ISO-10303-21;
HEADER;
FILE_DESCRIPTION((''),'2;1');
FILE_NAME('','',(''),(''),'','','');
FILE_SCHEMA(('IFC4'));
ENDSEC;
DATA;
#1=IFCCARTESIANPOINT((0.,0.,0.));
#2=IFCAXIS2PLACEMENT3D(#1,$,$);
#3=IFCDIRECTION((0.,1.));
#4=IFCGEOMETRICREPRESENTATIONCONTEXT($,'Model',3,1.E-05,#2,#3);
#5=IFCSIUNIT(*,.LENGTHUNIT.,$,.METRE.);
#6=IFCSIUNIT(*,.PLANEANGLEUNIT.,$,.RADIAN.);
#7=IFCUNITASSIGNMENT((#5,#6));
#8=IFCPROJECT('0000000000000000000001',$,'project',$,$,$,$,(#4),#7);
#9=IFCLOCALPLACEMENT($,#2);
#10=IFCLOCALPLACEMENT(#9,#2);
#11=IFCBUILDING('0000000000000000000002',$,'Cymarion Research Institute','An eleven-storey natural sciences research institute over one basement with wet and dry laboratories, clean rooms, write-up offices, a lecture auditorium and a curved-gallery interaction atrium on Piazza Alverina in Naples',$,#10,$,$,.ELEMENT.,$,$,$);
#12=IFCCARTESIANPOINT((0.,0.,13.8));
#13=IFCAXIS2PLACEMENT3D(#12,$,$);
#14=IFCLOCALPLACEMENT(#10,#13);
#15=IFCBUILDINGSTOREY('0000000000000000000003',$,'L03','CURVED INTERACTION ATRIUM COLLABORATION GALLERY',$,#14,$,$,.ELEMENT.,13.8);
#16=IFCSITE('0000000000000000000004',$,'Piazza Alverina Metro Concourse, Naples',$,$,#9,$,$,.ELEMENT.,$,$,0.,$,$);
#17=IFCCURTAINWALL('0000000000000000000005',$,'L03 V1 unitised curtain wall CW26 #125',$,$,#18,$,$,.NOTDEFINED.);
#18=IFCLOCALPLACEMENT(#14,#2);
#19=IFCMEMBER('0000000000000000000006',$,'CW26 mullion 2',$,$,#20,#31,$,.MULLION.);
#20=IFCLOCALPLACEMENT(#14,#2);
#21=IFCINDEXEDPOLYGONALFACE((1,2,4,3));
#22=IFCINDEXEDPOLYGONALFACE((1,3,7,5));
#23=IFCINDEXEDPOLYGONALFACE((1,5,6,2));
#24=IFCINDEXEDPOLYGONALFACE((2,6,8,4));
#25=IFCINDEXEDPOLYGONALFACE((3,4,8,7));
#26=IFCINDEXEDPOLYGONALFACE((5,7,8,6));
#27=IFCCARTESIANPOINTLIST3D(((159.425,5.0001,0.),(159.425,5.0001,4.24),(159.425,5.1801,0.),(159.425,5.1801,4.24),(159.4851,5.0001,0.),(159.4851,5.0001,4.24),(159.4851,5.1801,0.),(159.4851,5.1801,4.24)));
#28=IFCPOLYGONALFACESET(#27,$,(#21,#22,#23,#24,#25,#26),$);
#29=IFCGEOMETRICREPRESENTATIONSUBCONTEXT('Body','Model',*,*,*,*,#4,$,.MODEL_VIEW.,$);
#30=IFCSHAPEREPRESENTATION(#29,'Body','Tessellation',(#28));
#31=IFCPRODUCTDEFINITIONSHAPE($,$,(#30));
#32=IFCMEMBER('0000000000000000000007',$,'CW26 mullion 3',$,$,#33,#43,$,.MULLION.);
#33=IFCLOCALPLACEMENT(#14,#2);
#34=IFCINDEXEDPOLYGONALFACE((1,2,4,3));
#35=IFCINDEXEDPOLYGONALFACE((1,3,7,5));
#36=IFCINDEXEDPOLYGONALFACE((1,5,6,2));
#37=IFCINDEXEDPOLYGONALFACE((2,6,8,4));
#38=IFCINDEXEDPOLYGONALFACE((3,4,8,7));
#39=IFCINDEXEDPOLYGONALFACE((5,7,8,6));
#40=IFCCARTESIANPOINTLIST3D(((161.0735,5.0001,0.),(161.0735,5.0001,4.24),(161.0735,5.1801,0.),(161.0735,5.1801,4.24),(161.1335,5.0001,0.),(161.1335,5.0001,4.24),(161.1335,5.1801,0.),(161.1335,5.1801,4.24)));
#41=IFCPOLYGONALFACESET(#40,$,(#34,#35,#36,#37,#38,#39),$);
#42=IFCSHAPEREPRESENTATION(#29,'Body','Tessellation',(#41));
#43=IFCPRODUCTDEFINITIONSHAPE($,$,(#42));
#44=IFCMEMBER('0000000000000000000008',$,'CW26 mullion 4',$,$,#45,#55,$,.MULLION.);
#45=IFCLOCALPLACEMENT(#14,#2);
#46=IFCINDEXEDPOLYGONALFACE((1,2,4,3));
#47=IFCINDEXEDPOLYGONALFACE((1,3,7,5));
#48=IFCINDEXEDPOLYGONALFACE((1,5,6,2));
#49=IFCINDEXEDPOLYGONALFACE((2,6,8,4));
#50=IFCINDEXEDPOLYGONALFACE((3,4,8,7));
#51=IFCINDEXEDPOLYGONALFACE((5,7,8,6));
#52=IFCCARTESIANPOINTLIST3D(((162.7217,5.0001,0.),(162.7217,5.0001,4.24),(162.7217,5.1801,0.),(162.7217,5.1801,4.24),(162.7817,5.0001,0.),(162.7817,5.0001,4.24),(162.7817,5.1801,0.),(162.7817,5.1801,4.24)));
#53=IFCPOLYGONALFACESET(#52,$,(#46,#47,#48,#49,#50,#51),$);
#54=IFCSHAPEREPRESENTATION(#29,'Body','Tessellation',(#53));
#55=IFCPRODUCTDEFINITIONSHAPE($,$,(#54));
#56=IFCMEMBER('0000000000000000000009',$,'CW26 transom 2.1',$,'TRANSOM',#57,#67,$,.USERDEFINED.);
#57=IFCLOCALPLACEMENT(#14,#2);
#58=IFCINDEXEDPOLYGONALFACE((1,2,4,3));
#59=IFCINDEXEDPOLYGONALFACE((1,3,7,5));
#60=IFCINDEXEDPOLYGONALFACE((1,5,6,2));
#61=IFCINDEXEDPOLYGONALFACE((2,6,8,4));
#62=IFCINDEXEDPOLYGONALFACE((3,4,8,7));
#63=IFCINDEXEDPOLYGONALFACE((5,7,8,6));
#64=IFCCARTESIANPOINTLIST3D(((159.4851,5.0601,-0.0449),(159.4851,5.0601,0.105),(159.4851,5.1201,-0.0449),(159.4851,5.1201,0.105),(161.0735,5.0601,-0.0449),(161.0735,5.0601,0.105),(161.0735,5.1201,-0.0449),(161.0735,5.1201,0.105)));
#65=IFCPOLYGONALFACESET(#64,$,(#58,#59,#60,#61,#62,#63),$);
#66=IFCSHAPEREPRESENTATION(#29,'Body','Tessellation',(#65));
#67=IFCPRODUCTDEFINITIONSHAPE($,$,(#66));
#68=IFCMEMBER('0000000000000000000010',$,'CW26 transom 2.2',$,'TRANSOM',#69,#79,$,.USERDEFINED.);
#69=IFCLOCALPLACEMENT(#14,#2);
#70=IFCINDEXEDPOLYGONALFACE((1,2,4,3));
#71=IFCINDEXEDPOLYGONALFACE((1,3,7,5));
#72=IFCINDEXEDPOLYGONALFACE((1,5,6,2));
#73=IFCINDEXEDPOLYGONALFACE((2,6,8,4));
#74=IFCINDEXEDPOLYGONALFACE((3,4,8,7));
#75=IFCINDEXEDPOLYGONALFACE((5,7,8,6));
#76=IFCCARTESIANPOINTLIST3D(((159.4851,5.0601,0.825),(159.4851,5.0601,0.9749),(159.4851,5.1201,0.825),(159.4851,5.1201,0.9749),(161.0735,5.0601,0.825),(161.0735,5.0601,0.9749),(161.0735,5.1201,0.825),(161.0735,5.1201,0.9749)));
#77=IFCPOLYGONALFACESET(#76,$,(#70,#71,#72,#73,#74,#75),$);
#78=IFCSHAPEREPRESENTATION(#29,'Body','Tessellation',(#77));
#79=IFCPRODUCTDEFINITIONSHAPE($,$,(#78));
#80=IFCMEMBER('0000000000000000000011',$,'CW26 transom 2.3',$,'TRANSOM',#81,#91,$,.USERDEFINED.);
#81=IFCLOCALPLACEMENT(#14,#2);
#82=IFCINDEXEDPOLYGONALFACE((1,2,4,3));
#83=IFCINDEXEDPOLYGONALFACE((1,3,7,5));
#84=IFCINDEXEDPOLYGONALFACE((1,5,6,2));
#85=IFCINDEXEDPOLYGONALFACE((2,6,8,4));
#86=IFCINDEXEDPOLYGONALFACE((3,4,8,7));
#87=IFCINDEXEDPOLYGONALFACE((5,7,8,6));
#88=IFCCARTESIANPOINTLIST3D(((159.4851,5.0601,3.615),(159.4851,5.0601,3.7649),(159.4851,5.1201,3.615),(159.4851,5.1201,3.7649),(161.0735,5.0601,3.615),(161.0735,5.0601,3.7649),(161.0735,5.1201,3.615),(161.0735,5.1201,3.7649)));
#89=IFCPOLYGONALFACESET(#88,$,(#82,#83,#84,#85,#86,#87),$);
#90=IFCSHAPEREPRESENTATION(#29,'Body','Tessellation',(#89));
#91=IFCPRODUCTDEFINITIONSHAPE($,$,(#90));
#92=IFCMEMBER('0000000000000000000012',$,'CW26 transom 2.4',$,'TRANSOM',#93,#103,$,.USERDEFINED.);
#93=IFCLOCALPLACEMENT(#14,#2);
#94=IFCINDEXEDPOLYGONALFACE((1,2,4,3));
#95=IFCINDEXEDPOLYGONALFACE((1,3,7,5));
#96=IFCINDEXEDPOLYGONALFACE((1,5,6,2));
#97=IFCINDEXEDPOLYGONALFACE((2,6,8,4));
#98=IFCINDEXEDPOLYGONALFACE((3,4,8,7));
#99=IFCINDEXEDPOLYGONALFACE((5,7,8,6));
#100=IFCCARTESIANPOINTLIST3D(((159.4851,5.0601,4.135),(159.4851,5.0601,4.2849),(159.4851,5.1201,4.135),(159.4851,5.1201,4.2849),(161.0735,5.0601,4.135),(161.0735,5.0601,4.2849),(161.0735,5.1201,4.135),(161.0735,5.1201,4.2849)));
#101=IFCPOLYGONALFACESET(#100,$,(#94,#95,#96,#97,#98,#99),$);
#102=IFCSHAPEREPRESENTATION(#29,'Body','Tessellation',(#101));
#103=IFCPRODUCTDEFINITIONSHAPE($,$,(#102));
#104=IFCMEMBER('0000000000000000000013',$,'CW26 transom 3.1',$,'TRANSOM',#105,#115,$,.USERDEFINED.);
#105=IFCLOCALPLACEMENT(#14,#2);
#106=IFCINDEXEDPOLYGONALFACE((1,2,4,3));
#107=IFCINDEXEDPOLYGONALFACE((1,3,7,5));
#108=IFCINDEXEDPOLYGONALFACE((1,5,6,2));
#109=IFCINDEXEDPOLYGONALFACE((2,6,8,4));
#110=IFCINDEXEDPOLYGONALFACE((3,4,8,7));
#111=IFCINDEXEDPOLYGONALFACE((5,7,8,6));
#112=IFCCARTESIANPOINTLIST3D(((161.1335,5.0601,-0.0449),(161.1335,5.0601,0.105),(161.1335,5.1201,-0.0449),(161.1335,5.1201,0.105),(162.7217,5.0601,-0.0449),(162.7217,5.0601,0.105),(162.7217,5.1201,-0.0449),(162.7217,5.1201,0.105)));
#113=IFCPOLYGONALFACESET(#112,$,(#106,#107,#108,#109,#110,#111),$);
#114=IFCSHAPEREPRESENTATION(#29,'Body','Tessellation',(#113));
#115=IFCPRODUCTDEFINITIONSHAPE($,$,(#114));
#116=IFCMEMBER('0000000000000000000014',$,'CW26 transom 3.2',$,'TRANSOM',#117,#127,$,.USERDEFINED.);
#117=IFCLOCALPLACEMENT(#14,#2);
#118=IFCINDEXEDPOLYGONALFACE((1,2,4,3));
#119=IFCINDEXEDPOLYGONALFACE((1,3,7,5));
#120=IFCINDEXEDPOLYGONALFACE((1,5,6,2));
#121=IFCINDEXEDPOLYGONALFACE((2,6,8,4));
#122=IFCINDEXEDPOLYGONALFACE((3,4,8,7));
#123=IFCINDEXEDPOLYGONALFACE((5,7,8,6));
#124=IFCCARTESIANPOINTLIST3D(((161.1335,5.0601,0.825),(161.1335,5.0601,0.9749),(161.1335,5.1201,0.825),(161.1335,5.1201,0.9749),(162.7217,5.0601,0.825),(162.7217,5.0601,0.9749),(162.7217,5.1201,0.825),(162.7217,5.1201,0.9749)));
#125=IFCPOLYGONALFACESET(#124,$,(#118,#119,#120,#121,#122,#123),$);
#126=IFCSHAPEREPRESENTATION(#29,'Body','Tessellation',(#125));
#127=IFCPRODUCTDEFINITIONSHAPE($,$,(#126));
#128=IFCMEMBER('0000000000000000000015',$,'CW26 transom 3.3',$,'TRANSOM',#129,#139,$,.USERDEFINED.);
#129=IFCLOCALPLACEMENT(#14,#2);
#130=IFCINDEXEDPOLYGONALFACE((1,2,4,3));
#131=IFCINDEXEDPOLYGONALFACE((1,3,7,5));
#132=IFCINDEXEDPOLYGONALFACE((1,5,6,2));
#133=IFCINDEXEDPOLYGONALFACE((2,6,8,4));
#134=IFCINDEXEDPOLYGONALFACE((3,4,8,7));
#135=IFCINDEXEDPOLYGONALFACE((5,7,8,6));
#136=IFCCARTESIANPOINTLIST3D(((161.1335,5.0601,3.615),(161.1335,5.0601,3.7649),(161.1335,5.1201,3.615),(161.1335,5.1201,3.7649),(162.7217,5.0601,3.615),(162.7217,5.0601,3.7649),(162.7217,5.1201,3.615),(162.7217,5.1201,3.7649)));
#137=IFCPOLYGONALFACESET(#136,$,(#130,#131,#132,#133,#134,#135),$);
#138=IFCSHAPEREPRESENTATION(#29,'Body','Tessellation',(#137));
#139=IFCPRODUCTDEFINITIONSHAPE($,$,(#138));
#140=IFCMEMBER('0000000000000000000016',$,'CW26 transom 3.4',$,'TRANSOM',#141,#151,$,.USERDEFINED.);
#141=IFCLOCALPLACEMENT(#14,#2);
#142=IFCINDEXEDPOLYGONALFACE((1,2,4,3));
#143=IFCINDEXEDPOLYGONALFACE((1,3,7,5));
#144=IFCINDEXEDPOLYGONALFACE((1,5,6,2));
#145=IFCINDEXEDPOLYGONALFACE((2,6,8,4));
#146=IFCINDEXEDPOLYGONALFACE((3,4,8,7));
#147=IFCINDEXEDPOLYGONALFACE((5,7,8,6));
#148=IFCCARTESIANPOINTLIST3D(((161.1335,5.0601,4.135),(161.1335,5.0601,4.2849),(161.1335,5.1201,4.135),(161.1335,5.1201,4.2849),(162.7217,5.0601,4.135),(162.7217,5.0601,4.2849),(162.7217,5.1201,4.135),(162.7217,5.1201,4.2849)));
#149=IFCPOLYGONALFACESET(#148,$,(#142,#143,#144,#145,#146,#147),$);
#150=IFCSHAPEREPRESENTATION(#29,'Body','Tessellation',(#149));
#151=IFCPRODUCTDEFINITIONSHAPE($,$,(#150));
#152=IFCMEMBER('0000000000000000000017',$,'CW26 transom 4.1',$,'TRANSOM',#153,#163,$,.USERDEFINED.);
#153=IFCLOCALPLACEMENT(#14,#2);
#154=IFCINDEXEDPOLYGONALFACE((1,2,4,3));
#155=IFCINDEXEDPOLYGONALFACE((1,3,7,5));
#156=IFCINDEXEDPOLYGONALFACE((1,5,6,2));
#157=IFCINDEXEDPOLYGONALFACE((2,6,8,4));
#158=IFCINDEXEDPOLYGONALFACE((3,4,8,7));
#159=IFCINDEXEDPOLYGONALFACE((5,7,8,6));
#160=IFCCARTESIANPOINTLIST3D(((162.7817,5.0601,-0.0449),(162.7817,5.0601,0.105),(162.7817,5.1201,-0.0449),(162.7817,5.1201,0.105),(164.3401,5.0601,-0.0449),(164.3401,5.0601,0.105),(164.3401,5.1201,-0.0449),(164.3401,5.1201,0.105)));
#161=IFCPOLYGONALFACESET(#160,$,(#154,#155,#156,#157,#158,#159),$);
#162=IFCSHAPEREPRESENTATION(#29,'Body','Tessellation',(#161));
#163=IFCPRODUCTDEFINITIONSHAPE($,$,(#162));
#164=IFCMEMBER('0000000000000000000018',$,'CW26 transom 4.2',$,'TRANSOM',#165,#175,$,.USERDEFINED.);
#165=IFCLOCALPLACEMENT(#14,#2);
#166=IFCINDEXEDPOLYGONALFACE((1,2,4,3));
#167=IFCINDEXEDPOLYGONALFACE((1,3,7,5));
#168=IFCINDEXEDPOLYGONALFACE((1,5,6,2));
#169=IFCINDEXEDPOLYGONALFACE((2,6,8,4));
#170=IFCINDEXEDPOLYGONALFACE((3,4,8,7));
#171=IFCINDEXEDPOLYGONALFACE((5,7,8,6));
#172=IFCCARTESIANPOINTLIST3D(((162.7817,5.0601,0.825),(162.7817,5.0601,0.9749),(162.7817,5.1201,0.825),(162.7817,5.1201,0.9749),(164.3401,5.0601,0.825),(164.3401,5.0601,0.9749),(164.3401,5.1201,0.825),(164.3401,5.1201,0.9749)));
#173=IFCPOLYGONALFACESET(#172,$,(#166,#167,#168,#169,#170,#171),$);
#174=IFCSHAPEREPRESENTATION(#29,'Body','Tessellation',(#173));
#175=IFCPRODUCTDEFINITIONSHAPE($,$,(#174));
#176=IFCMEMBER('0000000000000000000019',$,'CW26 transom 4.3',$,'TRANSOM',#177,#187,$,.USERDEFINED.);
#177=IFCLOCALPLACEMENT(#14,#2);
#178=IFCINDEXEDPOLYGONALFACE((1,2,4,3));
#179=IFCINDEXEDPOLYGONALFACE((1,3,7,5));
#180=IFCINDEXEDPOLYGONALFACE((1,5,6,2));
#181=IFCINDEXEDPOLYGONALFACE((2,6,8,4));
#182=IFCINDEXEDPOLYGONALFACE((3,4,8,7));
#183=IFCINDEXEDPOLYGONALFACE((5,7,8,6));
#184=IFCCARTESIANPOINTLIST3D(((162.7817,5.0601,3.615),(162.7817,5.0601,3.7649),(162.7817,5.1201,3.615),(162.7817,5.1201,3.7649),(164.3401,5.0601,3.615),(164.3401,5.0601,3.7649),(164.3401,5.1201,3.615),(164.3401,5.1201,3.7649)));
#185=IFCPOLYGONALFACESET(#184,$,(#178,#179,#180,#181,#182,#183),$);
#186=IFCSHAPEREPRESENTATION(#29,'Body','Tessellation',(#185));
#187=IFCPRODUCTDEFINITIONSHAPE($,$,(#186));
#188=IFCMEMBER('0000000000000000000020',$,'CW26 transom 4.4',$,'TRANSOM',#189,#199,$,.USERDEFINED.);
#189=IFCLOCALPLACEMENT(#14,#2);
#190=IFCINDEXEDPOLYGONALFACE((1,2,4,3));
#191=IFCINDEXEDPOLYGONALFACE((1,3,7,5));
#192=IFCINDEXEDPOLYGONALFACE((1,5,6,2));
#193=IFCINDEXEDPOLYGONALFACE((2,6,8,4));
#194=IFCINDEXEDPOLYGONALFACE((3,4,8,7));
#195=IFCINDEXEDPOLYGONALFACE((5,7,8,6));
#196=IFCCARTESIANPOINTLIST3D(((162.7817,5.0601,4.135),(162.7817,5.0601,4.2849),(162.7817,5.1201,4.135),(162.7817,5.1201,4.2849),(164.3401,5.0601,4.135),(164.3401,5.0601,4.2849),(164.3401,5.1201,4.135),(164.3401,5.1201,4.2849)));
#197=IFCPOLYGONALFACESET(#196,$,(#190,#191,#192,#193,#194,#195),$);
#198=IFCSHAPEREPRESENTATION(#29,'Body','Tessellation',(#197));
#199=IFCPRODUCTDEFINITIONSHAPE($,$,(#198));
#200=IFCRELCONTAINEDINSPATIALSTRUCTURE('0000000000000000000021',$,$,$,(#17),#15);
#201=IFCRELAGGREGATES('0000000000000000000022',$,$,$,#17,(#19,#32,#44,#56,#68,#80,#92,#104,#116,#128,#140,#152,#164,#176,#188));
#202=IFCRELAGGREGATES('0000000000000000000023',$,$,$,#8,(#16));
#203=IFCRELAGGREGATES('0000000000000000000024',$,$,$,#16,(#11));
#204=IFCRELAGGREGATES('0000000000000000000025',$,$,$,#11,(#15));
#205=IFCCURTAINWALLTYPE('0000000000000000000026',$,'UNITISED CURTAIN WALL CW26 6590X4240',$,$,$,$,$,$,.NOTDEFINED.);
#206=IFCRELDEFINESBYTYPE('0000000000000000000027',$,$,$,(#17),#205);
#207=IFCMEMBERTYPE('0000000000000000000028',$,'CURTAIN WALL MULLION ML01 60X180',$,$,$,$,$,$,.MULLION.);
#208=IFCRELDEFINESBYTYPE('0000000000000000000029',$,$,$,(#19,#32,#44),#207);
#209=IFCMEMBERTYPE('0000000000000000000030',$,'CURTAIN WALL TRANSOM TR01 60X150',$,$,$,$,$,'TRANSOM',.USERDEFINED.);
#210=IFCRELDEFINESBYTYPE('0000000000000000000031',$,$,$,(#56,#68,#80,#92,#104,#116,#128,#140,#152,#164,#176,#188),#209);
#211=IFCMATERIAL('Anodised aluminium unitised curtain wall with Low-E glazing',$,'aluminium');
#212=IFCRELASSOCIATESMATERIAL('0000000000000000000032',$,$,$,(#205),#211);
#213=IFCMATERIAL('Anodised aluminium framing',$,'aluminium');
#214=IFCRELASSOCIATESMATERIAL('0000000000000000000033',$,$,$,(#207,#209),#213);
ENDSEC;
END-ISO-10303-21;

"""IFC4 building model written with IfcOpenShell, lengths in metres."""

from ifc_helpers import new_model, si_unit, direction, frame, origin, origin_2d, place, context, subcontext, project, spatial, rectangle, extrude, material, material_profile, profile_set, type_object, element, aggregate, save


model = new_model("IFC4")

# Units and contexts
model_context = context("Model", 3, precision=1e-05, world=origin(), true_north=direction((0.0, 1.0)))
body_context = subcontext(model_context, "Body", "Model", "MODEL_VIEW")
ifc_project = project(units=[si_unit("LENGTHUNIT", "METRE"), si_unit("PLANEANGLEUNIT", "RADIAN")], contexts=[model_context])

# Site, building, storey
site_placement = place(None, origin())
site = spatial("IfcSite", under=ifc_project, at=site_placement, Name="Piazza Alverina Metro Concourse, Naples", CompositionType="ELEMENT", RefElevation=0.0)
building_placement = place(site_placement, origin())
building = spatial("IfcBuilding", under=site, at=building_placement, Name="Cymarion Research Institute", Description="An eleven-storey natural sciences research institute over one basement with wet and dry laboratories, clean rooms, write-up offices, a lecture auditorium and a curved-gallery interaction atrium on Piazza Alverina in Naples", CompositionType="ELEMENT")
storey_placement = place(building_placement, frame((0.0, 0.0, 13.8)))
storey = spatial("IfcBuildingStorey", under=building, at=storey_placement, Name="L03", Description="CURVED INTERACTION ATRIUM COLLABORATION GALLERY", CompositionType="ELEMENT", Elevation=13.8)

# Curtain wall, members
ifc_material_1 = material(Name="Anodised aluminium unitised curtain wall with Low-E glazing", Category="aluminium")
curtain_wall_type = type_object("IfcCurtainWallType", Name="UNITISED CURTAIN WALL CW26 6590X4240", PredefinedType="NOTDEFINED", material=ifc_material_1)
curtain_wall_placement = place(storey_placement, origin())
curtain_wall = element("IfcCurtainWall", 1, at=curtain_wall_placement, inside=storey, type_object=curtain_wall_type, Name="L03 V1 unitised curtain wall CW26 #125", PredefinedType="NOTDEFINED")
ifc_material_2 = material(Name="Anodised aluminium framing", Category="aluminium")
ifc_material_profile_1 = material_profile(ifc_material_2, rectangle(XDim=0.0601, YDim=0.1799, at=origin_2d()), Name="ALU MULLION 60x180")
ifc_profile_set_1 = profile_set([ifc_material_profile_1], Name="Anodised aluminium framing")
member_type_1 = type_object("IfcMemberType", Name="CURTAIN WALL MULLION ML01 60X180", PredefinedType="MULLION", material=ifc_profile_set_1)
member_1_placement = place(storey_placement, frame((159.4551, 5.0901, 0.0), z_axis=(0.0, 0.0, 1.0), x_axis=(1.0, 0.0, 0.0)))
member_1 = element("IfcMember", 2, at=member_1_placement, type_object=member_type_1, Name="CW26 mullion 2", PredefinedType="MULLION", context=body_context, shape_type="SweptSolid", body=[
    extrude(rectangle(XDim=0.0601, YDim=0.1799, at=origin_2d()), origin(), (0.0, 0.0, 1.0), 4.24),
])
member_2_placement = place(storey_placement, frame((161.1035, 5.0901, 0.0), z_axis=(0.0, 0.0, 1.0), x_axis=(1.0, 0.0, 0.0)))
member_2 = element("IfcMember", 3, at=member_2_placement, type_object=member_type_1, Name="CW26 mullion 3", PredefinedType="MULLION", context=body_context, shape_type="SweptSolid", body=[
    extrude(rectangle(XDim=0.0601, YDim=0.1799, at=origin_2d()), origin(), (0.0, 0.0, 1.0), 4.24),
])
member_3_placement = place(storey_placement, frame((162.7517, 5.0901, 0.0), z_axis=(0.0, 0.0, 1.0), x_axis=(1.0, 0.0, 0.0)))
member_3 = element("IfcMember", 4, at=member_3_placement, type_object=member_type_1, Name="CW26 mullion 4", PredefinedType="MULLION", context=body_context, shape_type="SweptSolid", body=[
    extrude(rectangle(XDim=0.0601, YDim=0.1799, at=origin_2d()), origin(), (0.0, 0.0, 1.0), 4.24),
])
ifc_material_profile_2 = material_profile(ifc_material_2, rectangle(XDim=0.0601, YDim=0.1499, at=origin_2d()), Name="ALU TRANSOM 60x150")
ifc_profile_set_2 = profile_set([ifc_material_profile_2], Name="Anodised aluminium framing")
member_type_2 = type_object("IfcMemberType", Name="CURTAIN WALL TRANSOM TR01 60X150", ElementType="TRANSOM", PredefinedType="USERDEFINED", material=ifc_profile_set_2)
member_4_placement = place(storey_placement, frame((159.4851, 5.0901, 0.03), z_axis=(1.0, 0.0, 0.0), x_axis=(0.0, 1.0, 0.0)))
member_4 = element("IfcMember", 5, at=member_4_placement, type_object=member_type_2, Name="CW26 transom 2.1", ObjectType="TRANSOM", PredefinedType="USERDEFINED", context=body_context, shape_type="SweptSolid", body=[
    extrude(rectangle(XDim=0.0601, YDim=0.1499, at=origin_2d()), origin(), (0.0, 0.0, 1.0), 1.5884),
])
member_5_placement = place(storey_placement, frame((159.4851, 5.0901, 0.8999), z_axis=(1.0, 0.0, 0.0), x_axis=(0.0, 1.0, 0.0)))
member_5 = element("IfcMember", 6, at=member_5_placement, type_object=member_type_2, Name="CW26 transom 2.2", ObjectType="TRANSOM", PredefinedType="USERDEFINED", context=body_context, shape_type="SweptSolid", body=[
    extrude(rectangle(XDim=0.0601, YDim=0.1499, at=origin_2d()), origin(), (0.0, 0.0, 1.0), 1.5884),
])
member_6_placement = place(storey_placement, frame((159.4851, 5.0901, 3.6899), z_axis=(1.0, 0.0, 0.0), x_axis=(0.0, 1.0, 0.0)))
member_6 = element("IfcMember", 7, at=member_6_placement, type_object=member_type_2, Name="CW26 transom 2.3", ObjectType="TRANSOM", PredefinedType="USERDEFINED", context=body_context, shape_type="SweptSolid", body=[
    extrude(rectangle(XDim=0.0601, YDim=0.1499, at=origin_2d()), origin(), (0.0, 0.0, 1.0), 1.5884),
])
member_7_placement = place(storey_placement, frame((159.4851, 5.0901, 4.21), z_axis=(1.0, 0.0, 0.0), x_axis=(0.0, 1.0, 0.0)))
member_7 = element("IfcMember", 8, at=member_7_placement, type_object=member_type_2, Name="CW26 transom 2.4", ObjectType="TRANSOM", PredefinedType="USERDEFINED", context=body_context, shape_type="SweptSolid", body=[
    extrude(rectangle(XDim=0.0601, YDim=0.1499, at=origin_2d()), origin(), (0.0, 0.0, 1.0), 1.5884),
])
member_8_placement = place(storey_placement, frame((161.1335, 5.0901, 0.03), z_axis=(1.0, 0.0, 0.0), x_axis=(0.0, 1.0, 0.0)))
member_8 = element("IfcMember", 9, at=member_8_placement, type_object=member_type_2, Name="CW26 transom 3.1", ObjectType="TRANSOM", PredefinedType="USERDEFINED", context=body_context, shape_type="SweptSolid", body=[
    extrude(rectangle(XDim=0.0601, YDim=0.1499, at=origin_2d()), origin(), (0.0, 0.0, 1.0), 1.5881),
])
member_9_placement = place(storey_placement, frame((161.1335, 5.0901, 0.8999), z_axis=(1.0, 0.0, 0.0), x_axis=(0.0, 1.0, 0.0)))
member_9 = element("IfcMember", 10, at=member_9_placement, type_object=member_type_2, Name="CW26 transom 3.2", ObjectType="TRANSOM", PredefinedType="USERDEFINED", context=body_context, shape_type="SweptSolid", body=[
    extrude(rectangle(XDim=0.0601, YDim=0.1499, at=origin_2d()), origin(), (0.0, 0.0, 1.0), 1.5881),
])
member_10_placement = place(storey_placement, frame((161.1335, 5.0901, 3.6899), z_axis=(1.0, 0.0, 0.0), x_axis=(0.0, 1.0, 0.0)))
member_10 = element("IfcMember", 11, at=member_10_placement, type_object=member_type_2, Name="CW26 transom 3.3", ObjectType="TRANSOM", PredefinedType="USERDEFINED", context=body_context, shape_type="SweptSolid", body=[
    extrude(rectangle(XDim=0.0601, YDim=0.1499, at=origin_2d()), origin(), (0.0, 0.0, 1.0), 1.5881),
])
member_11_placement = place(storey_placement, frame((161.1335, 5.0901, 4.21), z_axis=(1.0, 0.0, 0.0), x_axis=(0.0, 1.0, 0.0)))
member_11 = element("IfcMember", 12, at=member_11_placement, type_object=member_type_2, Name="CW26 transom 3.4", ObjectType="TRANSOM", PredefinedType="USERDEFINED", context=body_context, shape_type="SweptSolid", body=[
    extrude(rectangle(XDim=0.0601, YDim=0.1499, at=origin_2d()), origin(), (0.0, 0.0, 1.0), 1.5881),
])
member_12_placement = place(storey_placement, frame((162.7817, 5.0901, 0.03), z_axis=(1.0, 0.0, 0.0), x_axis=(0.0, 1.0, 0.0)))
member_12 = element("IfcMember", 13, at=member_12_placement, type_object=member_type_2, Name="CW26 transom 4.1", ObjectType="TRANSOM", PredefinedType="USERDEFINED", context=body_context, shape_type="SweptSolid", body=[
    extrude(rectangle(XDim=0.0601, YDim=0.1499, at=origin_2d()), origin(), (0.0, 0.0, 1.0), 1.5583),
])
member_13_placement = place(storey_placement, frame((162.7817, 5.0901, 0.8999), z_axis=(1.0, 0.0, 0.0), x_axis=(0.0, 1.0, 0.0)))
member_13 = element("IfcMember", 14, at=member_13_placement, type_object=member_type_2, Name="CW26 transom 4.2", ObjectType="TRANSOM", PredefinedType="USERDEFINED", context=body_context, shape_type="SweptSolid", body=[
    extrude(rectangle(XDim=0.0601, YDim=0.1499, at=origin_2d()), origin(), (0.0, 0.0, 1.0), 1.5583),
])
member_14_placement = place(storey_placement, frame((162.7817, 5.0901, 3.6899), z_axis=(1.0, 0.0, 0.0), x_axis=(0.0, 1.0, 0.0)))
member_14 = element("IfcMember", 15, at=member_14_placement, type_object=member_type_2, Name="CW26 transom 4.3", ObjectType="TRANSOM", PredefinedType="USERDEFINED", context=body_context, shape_type="SweptSolid", body=[
    extrude(rectangle(XDim=0.0601, YDim=0.1499, at=origin_2d()), origin(), (0.0, 0.0, 1.0), 1.5583),
])
member_15_placement = place(storey_placement, frame((162.7817, 5.0901, 4.21), z_axis=(1.0, 0.0, 0.0), x_axis=(0.0, 1.0, 0.0)))
member_15 = element("IfcMember", 16, at=member_15_placement, type_object=member_type_2, Name="CW26 transom 4.4", ObjectType="TRANSOM", PredefinedType="USERDEFINED", context=body_context, shape_type="SweptSolid", body=[
    extrude(rectangle(XDim=0.0601, YDim=0.1499, at=origin_2d()), origin(), (0.0, 0.0, 1.0), 1.5583),
])
aggregate(curtain_wall, [member_1, member_2, member_3, member_4, member_5, member_6, member_7, member_8, member_9, member_10, member_11, member_12, member_13, member_14, member_15])

save(model, "model.ifc")
